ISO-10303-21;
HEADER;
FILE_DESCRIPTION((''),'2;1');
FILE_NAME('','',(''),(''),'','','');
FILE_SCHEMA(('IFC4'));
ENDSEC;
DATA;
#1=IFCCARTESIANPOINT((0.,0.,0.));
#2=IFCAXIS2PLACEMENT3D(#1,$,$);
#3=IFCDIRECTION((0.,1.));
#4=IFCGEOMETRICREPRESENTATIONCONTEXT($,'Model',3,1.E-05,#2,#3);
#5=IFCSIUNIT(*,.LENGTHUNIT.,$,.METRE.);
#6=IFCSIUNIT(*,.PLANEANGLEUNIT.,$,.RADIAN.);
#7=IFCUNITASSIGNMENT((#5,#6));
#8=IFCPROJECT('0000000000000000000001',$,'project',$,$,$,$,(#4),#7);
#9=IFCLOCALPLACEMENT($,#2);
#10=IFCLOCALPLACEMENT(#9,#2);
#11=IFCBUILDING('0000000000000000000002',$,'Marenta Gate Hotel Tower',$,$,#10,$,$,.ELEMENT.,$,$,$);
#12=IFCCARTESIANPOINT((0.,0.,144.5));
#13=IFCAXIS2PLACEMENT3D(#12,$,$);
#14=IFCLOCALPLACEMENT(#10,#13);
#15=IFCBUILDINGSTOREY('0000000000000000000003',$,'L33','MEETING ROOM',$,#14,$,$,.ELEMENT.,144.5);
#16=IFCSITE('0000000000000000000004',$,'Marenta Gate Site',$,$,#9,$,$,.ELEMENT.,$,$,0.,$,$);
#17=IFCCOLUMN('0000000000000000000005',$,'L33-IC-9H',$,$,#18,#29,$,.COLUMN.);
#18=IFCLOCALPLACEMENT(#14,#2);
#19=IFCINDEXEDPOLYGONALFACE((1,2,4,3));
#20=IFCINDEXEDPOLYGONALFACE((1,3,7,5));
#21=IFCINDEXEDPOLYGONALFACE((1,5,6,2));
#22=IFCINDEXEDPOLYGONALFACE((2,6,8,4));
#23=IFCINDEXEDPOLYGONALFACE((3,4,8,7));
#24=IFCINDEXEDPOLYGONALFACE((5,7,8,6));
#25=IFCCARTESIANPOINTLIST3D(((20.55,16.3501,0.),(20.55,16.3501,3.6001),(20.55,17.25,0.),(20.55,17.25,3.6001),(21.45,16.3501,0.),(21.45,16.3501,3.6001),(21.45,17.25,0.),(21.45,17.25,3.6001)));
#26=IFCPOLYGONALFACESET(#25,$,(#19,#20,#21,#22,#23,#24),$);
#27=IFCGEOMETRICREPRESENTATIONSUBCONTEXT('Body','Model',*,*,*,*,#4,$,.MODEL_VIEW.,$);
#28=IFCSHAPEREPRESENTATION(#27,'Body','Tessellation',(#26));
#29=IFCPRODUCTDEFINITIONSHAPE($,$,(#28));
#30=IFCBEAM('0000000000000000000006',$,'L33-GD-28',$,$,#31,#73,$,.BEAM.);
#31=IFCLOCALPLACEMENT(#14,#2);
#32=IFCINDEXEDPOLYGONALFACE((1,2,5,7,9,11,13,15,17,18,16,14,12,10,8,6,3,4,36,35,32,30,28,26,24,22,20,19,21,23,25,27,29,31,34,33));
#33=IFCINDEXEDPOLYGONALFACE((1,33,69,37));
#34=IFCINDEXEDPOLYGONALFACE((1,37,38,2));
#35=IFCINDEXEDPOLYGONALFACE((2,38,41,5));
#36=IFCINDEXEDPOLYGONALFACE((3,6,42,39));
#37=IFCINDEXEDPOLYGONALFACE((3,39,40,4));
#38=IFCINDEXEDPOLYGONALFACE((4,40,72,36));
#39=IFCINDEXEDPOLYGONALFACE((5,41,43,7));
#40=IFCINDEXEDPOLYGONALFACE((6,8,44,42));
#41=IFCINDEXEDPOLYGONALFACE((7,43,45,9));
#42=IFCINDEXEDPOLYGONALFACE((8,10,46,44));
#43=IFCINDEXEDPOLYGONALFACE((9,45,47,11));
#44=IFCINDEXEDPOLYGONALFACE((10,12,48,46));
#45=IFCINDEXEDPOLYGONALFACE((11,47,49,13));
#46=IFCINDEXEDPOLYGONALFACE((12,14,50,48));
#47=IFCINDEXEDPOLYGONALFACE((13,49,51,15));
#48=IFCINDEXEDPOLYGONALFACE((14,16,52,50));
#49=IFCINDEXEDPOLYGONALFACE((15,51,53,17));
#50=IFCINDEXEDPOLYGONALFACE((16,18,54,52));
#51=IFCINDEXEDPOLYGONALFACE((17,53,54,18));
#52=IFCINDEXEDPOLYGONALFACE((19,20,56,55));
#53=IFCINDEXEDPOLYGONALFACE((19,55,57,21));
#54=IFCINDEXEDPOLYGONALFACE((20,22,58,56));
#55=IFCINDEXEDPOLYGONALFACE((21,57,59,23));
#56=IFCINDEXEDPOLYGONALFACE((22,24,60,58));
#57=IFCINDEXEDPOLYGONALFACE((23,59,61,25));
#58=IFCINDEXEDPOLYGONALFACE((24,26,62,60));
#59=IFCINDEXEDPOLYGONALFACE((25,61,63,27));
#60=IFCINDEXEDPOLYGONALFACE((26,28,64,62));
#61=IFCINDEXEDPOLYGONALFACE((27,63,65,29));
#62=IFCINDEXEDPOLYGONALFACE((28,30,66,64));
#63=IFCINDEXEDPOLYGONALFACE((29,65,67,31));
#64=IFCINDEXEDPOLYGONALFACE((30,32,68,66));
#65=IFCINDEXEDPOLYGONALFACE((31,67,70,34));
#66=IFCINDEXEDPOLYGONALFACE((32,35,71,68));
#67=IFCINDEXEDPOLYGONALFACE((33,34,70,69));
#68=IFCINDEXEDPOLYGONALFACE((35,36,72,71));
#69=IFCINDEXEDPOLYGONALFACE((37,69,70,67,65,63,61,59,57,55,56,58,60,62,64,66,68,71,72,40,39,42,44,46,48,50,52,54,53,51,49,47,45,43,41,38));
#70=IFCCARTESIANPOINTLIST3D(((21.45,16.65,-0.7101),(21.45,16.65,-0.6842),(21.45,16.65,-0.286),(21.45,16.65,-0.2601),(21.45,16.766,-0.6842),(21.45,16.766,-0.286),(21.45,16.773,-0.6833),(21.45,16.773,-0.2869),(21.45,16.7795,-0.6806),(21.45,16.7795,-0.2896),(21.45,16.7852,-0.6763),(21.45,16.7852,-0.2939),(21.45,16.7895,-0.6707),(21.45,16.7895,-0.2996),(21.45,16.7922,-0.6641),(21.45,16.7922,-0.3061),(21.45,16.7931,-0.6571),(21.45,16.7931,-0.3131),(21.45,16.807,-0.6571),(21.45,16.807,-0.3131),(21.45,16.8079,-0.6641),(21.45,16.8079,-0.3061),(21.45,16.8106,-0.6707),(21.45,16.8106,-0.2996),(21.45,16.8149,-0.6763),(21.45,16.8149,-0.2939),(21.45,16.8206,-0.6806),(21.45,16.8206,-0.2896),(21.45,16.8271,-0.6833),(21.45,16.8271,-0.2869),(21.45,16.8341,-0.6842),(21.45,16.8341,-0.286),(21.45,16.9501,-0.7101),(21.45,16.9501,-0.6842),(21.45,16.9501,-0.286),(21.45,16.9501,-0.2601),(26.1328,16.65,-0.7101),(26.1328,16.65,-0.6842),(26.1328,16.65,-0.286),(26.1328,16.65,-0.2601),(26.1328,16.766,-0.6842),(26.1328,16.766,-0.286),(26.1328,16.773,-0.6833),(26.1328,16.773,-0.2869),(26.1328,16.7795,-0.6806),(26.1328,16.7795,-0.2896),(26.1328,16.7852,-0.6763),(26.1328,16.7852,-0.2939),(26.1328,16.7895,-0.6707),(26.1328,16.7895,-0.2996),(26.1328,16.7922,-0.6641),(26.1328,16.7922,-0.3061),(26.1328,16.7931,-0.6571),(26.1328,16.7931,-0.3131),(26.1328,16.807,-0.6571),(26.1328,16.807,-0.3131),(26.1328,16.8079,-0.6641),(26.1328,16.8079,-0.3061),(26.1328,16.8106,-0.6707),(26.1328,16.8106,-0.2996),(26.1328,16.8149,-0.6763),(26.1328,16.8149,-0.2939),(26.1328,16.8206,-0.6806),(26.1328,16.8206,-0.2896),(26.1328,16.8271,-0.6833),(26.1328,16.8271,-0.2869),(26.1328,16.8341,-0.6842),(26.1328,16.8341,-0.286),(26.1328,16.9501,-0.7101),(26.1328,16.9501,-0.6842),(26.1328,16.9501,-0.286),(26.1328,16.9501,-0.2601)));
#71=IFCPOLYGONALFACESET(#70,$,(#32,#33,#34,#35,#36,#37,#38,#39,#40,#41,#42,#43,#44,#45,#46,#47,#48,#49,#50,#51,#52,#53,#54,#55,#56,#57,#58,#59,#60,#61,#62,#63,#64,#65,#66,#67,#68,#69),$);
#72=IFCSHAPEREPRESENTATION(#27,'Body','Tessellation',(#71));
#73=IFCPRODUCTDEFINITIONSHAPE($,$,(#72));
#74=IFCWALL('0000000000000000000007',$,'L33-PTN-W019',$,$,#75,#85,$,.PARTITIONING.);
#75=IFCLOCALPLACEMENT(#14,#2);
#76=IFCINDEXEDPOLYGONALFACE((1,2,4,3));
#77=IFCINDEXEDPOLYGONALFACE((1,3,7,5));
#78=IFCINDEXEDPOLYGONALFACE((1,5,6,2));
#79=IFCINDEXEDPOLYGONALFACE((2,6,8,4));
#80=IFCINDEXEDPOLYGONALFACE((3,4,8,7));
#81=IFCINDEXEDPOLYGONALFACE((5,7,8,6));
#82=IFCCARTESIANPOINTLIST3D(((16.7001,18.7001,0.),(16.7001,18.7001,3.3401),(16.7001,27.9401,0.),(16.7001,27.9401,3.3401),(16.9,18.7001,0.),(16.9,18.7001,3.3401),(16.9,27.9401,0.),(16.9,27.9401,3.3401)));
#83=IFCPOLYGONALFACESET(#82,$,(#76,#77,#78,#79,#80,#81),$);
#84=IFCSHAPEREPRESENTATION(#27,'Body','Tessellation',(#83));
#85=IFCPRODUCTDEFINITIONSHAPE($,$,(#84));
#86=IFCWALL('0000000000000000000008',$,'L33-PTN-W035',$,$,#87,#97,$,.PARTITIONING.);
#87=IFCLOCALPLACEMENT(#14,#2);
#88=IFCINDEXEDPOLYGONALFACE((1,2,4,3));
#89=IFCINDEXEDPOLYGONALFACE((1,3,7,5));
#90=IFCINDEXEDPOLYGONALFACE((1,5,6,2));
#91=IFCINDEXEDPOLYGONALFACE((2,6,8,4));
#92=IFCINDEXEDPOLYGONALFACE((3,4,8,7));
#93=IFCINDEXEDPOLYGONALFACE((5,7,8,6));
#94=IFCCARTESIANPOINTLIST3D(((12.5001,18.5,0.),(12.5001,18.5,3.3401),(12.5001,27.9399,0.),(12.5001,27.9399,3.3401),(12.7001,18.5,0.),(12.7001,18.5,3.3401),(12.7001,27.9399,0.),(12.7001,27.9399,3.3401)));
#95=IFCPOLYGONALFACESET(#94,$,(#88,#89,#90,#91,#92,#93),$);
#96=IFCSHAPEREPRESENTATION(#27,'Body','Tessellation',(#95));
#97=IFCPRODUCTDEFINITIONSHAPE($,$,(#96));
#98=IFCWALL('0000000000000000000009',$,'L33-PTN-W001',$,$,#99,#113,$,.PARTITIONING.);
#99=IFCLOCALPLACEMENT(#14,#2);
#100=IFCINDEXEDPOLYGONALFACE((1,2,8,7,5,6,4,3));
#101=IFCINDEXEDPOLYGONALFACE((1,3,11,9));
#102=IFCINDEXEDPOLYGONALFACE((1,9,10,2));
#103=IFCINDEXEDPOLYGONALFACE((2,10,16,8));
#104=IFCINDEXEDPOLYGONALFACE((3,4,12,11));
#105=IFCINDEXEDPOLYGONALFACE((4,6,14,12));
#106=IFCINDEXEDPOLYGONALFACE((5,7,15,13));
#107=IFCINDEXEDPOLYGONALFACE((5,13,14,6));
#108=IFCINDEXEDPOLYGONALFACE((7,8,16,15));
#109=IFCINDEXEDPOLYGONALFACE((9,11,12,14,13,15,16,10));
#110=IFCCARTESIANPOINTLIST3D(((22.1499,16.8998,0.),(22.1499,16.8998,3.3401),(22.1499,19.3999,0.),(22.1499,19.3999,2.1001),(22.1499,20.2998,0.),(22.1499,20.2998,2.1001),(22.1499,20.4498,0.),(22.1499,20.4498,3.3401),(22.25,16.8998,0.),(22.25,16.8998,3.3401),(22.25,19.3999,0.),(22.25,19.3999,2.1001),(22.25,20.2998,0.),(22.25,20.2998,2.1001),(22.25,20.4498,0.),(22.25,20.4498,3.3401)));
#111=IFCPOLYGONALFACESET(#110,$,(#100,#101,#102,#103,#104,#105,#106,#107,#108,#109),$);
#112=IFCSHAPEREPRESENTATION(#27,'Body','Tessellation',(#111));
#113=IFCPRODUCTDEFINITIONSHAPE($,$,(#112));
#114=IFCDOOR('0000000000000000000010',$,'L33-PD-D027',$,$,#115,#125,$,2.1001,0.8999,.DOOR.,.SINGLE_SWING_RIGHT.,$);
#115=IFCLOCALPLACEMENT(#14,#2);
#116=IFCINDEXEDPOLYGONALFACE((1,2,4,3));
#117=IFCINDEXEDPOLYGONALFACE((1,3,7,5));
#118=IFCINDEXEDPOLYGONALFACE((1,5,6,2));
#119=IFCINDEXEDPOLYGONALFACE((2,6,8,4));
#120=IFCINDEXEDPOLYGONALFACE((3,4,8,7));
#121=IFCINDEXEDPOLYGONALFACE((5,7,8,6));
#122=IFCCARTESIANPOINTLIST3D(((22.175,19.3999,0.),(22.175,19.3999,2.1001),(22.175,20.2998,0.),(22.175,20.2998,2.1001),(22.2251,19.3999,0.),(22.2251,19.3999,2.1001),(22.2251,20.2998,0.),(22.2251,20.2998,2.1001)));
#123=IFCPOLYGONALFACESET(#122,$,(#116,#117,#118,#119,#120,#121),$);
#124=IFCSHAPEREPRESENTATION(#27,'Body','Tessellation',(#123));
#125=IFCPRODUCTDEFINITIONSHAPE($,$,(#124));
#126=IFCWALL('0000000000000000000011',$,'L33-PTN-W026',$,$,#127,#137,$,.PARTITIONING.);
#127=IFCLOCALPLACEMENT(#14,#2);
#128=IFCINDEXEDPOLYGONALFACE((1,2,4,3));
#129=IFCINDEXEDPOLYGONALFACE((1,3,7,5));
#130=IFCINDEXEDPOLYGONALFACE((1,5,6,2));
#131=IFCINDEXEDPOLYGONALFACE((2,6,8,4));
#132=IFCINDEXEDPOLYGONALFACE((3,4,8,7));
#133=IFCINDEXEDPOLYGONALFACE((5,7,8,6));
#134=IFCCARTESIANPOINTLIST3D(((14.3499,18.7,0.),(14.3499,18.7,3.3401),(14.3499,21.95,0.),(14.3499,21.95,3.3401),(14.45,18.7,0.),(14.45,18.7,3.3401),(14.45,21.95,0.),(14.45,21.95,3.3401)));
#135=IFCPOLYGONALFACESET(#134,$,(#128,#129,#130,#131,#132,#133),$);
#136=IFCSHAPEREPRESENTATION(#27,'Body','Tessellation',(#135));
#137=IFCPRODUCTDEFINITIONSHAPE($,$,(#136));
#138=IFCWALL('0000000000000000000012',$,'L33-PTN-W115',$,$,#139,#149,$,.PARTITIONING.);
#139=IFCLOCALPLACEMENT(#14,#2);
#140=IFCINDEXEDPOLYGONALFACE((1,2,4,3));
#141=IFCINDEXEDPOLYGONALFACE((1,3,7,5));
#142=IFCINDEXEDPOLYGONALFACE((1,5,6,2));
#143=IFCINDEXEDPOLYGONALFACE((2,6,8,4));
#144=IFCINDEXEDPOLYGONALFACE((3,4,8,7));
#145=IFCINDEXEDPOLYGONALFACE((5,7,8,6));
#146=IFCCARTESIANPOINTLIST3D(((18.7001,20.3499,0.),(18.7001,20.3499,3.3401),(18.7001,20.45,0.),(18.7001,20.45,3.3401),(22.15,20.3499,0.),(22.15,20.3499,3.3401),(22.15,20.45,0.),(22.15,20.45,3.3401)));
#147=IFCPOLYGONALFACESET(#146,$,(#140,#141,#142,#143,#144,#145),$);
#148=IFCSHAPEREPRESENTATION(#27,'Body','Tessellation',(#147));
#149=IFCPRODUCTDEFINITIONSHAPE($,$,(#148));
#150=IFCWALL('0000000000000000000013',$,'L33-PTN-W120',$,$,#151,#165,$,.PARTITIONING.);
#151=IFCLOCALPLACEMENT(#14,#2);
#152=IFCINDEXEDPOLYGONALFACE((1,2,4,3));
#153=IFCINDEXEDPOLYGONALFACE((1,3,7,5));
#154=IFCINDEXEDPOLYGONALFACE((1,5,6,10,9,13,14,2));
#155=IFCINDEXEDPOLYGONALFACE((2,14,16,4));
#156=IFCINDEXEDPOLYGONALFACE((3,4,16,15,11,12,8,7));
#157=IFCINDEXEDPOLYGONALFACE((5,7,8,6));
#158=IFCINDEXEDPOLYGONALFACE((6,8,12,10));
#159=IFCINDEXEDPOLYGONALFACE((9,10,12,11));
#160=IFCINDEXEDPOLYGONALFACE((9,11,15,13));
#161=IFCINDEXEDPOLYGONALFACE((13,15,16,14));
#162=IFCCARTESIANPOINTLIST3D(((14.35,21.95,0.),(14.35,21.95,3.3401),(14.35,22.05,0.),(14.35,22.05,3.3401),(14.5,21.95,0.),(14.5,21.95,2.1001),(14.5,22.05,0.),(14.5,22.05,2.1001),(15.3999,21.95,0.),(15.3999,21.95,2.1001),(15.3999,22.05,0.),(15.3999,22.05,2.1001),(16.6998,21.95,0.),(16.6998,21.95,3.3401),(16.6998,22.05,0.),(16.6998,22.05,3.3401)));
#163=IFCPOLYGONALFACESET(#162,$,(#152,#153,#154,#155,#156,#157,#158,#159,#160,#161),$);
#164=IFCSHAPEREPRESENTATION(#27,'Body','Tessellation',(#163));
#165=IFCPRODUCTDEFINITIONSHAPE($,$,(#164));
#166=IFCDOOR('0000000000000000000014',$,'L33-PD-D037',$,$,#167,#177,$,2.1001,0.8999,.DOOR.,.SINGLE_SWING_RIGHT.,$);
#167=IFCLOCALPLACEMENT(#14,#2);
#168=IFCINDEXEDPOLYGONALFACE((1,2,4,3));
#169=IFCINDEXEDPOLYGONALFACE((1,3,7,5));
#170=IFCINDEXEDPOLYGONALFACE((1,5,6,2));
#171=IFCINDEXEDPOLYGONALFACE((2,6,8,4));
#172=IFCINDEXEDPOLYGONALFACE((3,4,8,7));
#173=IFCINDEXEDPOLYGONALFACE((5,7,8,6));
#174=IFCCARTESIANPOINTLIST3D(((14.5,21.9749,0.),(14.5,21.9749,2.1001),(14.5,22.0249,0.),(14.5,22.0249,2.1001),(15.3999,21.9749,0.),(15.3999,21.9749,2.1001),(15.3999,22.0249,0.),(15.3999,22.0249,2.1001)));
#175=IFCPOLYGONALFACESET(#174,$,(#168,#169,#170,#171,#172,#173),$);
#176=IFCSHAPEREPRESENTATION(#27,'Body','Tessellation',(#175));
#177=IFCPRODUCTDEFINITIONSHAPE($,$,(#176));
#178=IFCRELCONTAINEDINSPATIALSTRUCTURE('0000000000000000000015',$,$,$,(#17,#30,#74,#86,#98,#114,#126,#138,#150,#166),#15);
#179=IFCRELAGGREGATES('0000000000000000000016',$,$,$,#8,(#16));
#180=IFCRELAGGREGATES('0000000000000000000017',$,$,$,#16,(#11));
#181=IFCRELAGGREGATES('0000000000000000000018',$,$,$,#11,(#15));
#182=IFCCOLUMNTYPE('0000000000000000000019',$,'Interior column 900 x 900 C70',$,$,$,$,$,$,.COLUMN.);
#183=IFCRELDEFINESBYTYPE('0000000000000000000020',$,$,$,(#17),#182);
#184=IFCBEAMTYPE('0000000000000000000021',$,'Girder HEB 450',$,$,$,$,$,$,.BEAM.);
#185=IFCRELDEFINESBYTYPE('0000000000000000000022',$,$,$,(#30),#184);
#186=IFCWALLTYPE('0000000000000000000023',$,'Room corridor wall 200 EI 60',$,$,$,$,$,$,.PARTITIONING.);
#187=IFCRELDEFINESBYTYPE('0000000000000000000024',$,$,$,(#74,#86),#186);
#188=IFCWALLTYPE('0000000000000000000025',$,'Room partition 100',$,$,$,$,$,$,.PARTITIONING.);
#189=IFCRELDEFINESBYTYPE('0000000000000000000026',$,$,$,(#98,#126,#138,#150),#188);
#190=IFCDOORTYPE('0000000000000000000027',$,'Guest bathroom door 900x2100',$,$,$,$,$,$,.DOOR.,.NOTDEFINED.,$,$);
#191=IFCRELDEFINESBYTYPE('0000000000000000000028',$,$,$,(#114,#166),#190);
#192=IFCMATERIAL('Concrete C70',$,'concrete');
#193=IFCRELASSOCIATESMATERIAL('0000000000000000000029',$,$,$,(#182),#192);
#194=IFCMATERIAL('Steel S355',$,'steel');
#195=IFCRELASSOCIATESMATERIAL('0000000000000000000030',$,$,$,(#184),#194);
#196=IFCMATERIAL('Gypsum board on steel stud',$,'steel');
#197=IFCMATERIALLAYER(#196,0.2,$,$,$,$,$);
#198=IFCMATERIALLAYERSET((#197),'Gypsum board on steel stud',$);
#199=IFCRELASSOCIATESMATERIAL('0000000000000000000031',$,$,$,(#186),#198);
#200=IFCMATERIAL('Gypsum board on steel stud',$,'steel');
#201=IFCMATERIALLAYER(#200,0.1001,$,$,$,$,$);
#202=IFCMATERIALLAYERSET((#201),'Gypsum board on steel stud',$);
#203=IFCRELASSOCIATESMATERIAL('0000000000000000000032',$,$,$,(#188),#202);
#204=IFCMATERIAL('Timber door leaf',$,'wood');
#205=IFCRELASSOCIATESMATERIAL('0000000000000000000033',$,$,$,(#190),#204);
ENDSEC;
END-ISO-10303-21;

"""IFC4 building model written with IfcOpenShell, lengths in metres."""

from ifc_helpers import new_model, si_unit, direction, frame, frame_2d, origin, origin_2d, place, context, subcontext, project, spatial, rectangle, i_section, extrude, material, layer, layer_set, material_profile, profile_set, type_object, element, fill, save


model = new_model("IFC4")

# Units and contexts
model_context = context("Model", 3, precision=1e-05, world=origin(), true_north=direction((0.0, 1.0)))
body_context = subcontext(model_context, "Body", "Model", "MODEL_VIEW")
ifc_project = project(units=[si_unit("LENGTHUNIT", "METRE"), si_unit("PLANEANGLEUNIT", "RADIAN")], contexts=[model_context])

# Site, building, storey
site_placement = place(None, origin())
site = spatial("IfcSite", under=ifc_project, at=site_placement, Name="Marenta Gate Site", CompositionType="ELEMENT", RefElevation=0.0)
building_placement = place(site_placement, origin())
building = spatial("IfcBuilding", under=site, at=building_placement, Name="Marenta Gate Hotel Tower", CompositionType="ELEMENT")
storey_placement = place(building_placement, frame((0.0, 0.0, 144.5)))
storey = spatial("IfcBuildingStorey", under=building, at=storey_placement, Name="L33", Description="MEETING ROOM", CompositionType="ELEMENT", Elevation=144.5)

# Column
ifc_material_1 = material(Name="Concrete C70", Category="concrete")
ifc_material_profile_1 = material_profile(ifc_material_1, rectangle(XDim=0.8999, YDim=0.8999, at=origin_2d()), Name="900 x 900")
ifc_profile_set_1 = profile_set([ifc_material_profile_1], Name="Concrete C70")
column_type = type_object("IfcColumnType", Name="Interior column 900 x 900 C70", PredefinedType="COLUMN", material=ifc_profile_set_1)
column_placement = place(storey_placement, frame((21.0, 16.8, 0.0), z_axis=(0.0, 0.0, 1.0), x_axis=(1.0, 0.0, 0.0)))
element("IfcColumn", 1, at=column_placement, inside=storey, type_object=column_type, Name="L33-IC-9H", PredefinedType="COLUMN", context=body_context, shape_type="SweptSolid", body=[
    extrude(rectangle(XDim=0.8999, YDim=0.8999, at=origin_2d()), origin(), (0.0, 0.0, 1.0), 3.6001),
])

# Beam
ifc_material_2 = material(Name="Steel S355", Category="steel")
ifc_material_profile_2 = material_profile(ifc_material_2, i_section(OverallWidth=0.3, OverallDepth=0.45, WebThickness=0.0139, FlangeThickness=0.0259, FilletRadius=0.0271, at=origin_2d()), Name="HEB 450")
ifc_profile_set_2 = profile_set([ifc_material_profile_2], Name="Steel S355")
beam_type = type_object("IfcBeamType", Name="Girder HEB 450", PredefinedType="BEAM", material=ifc_profile_set_2)
beam_placement = place(storey_placement, frame((21.45, 16.8, -0.4851), z_axis=(1.0, 0.0, 0.0), x_axis=(0.0, 1.0, 0.0)))
element("IfcBeam", 2, at=beam_placement, inside=storey, type_object=beam_type, Name="L33-GD-28", PredefinedType="BEAM", context=body_context, shape_type="SweptSolid", body=[
    extrude(i_section(OverallWidth=0.3, OverallDepth=0.45, WebThickness=0.0139, FlangeThickness=0.0259, FilletRadius=0.0271, at=origin_2d()), origin(), (0.0, 0.0, 1.0), 4.6829),
])

# Walls
ifc_material_3 = material(Name="Gypsum board on steel stud", Category="steel")
ifc_layer_1 = layer(ifc_material_3, 0.2)
ifc_layer_set_1 = layer_set([ifc_layer_1], Name="Gypsum board on steel stud")
wall_type_1 = type_object("IfcWallType", Name="Room corridor wall 200 EI 60", PredefinedType="PARTITIONING", material=ifc_layer_set_1)
wall_1_placement = place(storey_placement, frame((16.8, 18.7, 0.0), z_axis=(0.0, 0.0, 1.0), x_axis=(0.0, 1.0, 0.0)))
element("IfcWall", 3, at=wall_1_placement, inside=storey, type_object=wall_type_1, Name="L33-PTN-W019", PredefinedType="PARTITIONING", context=body_context, shape_type="SweptSolid", body=[
    extrude(rectangle(XDim=9.24, YDim=0.2, at=frame_2d((4.6201, 0.0))), origin(), (0.0, 0.0, 1.0), 3.3401),
])
wall_2_placement = place(storey_placement, frame((12.6001, 18.5, 0.0), z_axis=(0.0, 0.0, 1.0), x_axis=(0.0, 1.0, 0.0)))
element("IfcWall", 4, at=wall_2_placement, inside=storey, type_object=wall_type_1, Name="L33-PTN-W035", PredefinedType="PARTITIONING", context=body_context, shape_type="SweptSolid", body=[
    extrude(rectangle(XDim=9.4399, YDim=0.2, at=frame_2d((4.72, 0.0))), origin(), (0.0, 0.0, 1.0), 3.3401),
])

# Wall, opening, door
ifc_material_4 = material(Name="Gypsum board on steel stud", Category="steel")
ifc_layer_2 = layer(ifc_material_4, 0.1001)
ifc_layer_set_2 = layer_set([ifc_layer_2], Name="Gypsum board on steel stud")
wall_type_2 = type_object("IfcWallType", Name="Room partition 100", PredefinedType="PARTITIONING", material=ifc_layer_set_2)
wall_3_placement = place(storey_placement, frame((22.2, 16.8999, 0.0), z_axis=(0.0, 0.0, 1.0), x_axis=(0.0, 1.0, 0.0)))
wall_3 = element("IfcWall", 5, at=wall_3_placement, inside=storey, type_object=wall_type_2, Name="L33-PTN-W001", PredefinedType="PARTITIONING", context=body_context, shape_type="SweptSolid", body=[
    extrude(rectangle(XDim=3.55, YDim=0.1001, at=frame_2d((1.7749, 0.0))), origin(), (0.0, 0.0, 1.0), 3.3401),
])
opening_1_placement = place(wall_3_placement, frame((2.5, 0.0, 0.0)))
opening_1 = element("IfcOpeningElement", 6, at=opening_1_placement, cuts=wall_3, PredefinedType="OPENING", context=body_context, shape_type="SweptSolid", body=[
    extrude(rectangle(XDim=0.8999, YDim=2.1001, at=frame_2d((0.45, 1.05))), frame((0.0, 0.05, 0.0), z_axis=(0.0, -1.0, 0.0), x_axis=(1.0, 0.0, 0.0)), (0.0, 0.0, 1.0), 0.1001),
])
ifc_material_5 = material(Name="Timber door leaf", Category="wood")
door_type_1 = type_object("IfcDoorType", Name="Guest bathroom door 900x2100", OperationType="NOTDEFINED", PredefinedType="DOOR", material=ifc_material_5)
door_1_placement = place(opening_1_placement, origin())
door_1 = element("IfcDoor", 7, at=door_1_placement, inside=storey, type_object=door_type_1, Name="L33-PD-D027", OperationType="SINGLE_SWING_RIGHT", OverallHeight=2.1001, OverallWidth=0.8999, PredefinedType="DOOR", context=body_context, shape_type="SweptSolid", body=[
    extrude(rectangle(XDim=0.8999, YDim=2.1001, at=frame_2d((0.45, 1.05))), frame((0.0, 0.0249, 0.0), z_axis=(0.0, -1.0, 0.0), x_axis=(1.0, 0.0, 0.0)), (0.0, 0.0, 1.0), 0.05),
])
fill(opening_1, door_1)

# Walls
wall_4_placement = place(storey_placement, frame((14.3999, 18.7, 0.0), z_axis=(0.0, 0.0, 1.0), x_axis=(0.0, 1.0, 0.0)))
element("IfcWall", 8, at=wall_4_placement, inside=storey, type_object=wall_type_2, Name="L33-PTN-W026", PredefinedType="PARTITIONING", context=body_context, shape_type="SweptSolid", body=[
    extrude(rectangle(XDim=3.25, YDim=0.1001, at=frame_2d((1.625, 0.0))), origin(), (0.0, 0.0, 1.0), 3.3401),
])
wall_5_placement = place(storey_placement, frame((18.7, 20.3999, 0.0), z_axis=(0.0, 0.0, 1.0), x_axis=(1.0, 0.0, 0.0)))
element("IfcWall", 9, at=wall_5_placement, inside=storey, type_object=wall_type_2, Name="L33-PTN-W115", PredefinedType="PARTITIONING", context=body_context, shape_type="SweptSolid", body=[
    extrude(rectangle(XDim=3.45, YDim=0.1001, at=frame_2d((1.7251, 0.0))), origin(), (0.0, 0.0, 1.0), 3.3401),
])

# Wall, opening, door
wall_6_placement = place(storey_placement, frame((14.3501, 22.0, 0.0), z_axis=(0.0, 0.0, 1.0), x_axis=(1.0, 0.0, 0.0)))
wall_6 = element("IfcWall", 10, at=wall_6_placement, inside=storey, type_object=wall_type_2, Name="L33-PTN-W120", PredefinedType="PARTITIONING", context=body_context, shape_type="SweptSolid", body=[
    extrude(rectangle(XDim=2.3499, YDim=0.1001, at=frame_2d((1.1748, 0.0))), origin(), (0.0, 0.0, 1.0), 3.3401),
])
opening_2_placement = place(wall_6_placement, frame((0.1499, 0.0, 0.0)))
opening_2 = element("IfcOpeningElement", 11, at=opening_2_placement, cuts=wall_6, PredefinedType="OPENING", context=body_context, shape_type="SweptSolid", body=[
    extrude(rectangle(XDim=0.8999, YDim=2.1001, at=frame_2d((0.45, 1.05))), frame((0.0, 0.05, 0.0), z_axis=(0.0, -1.0, 0.0), x_axis=(1.0, 0.0, 0.0)), (0.0, 0.0, 1.0), 0.1001),
])
door_2_placement = place(opening_2_placement, origin())
door_2 = element("IfcDoor", 12, at=door_2_placement, inside=storey, type_object=door_type_1, Name="L33-PD-D037", OperationType="SINGLE_SWING_RIGHT", OverallHeight=2.1001, OverallWidth=0.8999, PredefinedType="DOOR", context=body_context, shape_type="SweptSolid", body=[
    extrude(rectangle(XDim=0.8999, YDim=2.1001, at=frame_2d((0.45, 1.05))), frame((0.0, 0.0249, 0.0), z_axis=(0.0, -1.0, 0.0), x_axis=(1.0, 0.0, 0.0)), (0.0, 0.0, 1.0), 0.05),
])
fill(opening_2, door_2)

save(model, "model.ifc")
